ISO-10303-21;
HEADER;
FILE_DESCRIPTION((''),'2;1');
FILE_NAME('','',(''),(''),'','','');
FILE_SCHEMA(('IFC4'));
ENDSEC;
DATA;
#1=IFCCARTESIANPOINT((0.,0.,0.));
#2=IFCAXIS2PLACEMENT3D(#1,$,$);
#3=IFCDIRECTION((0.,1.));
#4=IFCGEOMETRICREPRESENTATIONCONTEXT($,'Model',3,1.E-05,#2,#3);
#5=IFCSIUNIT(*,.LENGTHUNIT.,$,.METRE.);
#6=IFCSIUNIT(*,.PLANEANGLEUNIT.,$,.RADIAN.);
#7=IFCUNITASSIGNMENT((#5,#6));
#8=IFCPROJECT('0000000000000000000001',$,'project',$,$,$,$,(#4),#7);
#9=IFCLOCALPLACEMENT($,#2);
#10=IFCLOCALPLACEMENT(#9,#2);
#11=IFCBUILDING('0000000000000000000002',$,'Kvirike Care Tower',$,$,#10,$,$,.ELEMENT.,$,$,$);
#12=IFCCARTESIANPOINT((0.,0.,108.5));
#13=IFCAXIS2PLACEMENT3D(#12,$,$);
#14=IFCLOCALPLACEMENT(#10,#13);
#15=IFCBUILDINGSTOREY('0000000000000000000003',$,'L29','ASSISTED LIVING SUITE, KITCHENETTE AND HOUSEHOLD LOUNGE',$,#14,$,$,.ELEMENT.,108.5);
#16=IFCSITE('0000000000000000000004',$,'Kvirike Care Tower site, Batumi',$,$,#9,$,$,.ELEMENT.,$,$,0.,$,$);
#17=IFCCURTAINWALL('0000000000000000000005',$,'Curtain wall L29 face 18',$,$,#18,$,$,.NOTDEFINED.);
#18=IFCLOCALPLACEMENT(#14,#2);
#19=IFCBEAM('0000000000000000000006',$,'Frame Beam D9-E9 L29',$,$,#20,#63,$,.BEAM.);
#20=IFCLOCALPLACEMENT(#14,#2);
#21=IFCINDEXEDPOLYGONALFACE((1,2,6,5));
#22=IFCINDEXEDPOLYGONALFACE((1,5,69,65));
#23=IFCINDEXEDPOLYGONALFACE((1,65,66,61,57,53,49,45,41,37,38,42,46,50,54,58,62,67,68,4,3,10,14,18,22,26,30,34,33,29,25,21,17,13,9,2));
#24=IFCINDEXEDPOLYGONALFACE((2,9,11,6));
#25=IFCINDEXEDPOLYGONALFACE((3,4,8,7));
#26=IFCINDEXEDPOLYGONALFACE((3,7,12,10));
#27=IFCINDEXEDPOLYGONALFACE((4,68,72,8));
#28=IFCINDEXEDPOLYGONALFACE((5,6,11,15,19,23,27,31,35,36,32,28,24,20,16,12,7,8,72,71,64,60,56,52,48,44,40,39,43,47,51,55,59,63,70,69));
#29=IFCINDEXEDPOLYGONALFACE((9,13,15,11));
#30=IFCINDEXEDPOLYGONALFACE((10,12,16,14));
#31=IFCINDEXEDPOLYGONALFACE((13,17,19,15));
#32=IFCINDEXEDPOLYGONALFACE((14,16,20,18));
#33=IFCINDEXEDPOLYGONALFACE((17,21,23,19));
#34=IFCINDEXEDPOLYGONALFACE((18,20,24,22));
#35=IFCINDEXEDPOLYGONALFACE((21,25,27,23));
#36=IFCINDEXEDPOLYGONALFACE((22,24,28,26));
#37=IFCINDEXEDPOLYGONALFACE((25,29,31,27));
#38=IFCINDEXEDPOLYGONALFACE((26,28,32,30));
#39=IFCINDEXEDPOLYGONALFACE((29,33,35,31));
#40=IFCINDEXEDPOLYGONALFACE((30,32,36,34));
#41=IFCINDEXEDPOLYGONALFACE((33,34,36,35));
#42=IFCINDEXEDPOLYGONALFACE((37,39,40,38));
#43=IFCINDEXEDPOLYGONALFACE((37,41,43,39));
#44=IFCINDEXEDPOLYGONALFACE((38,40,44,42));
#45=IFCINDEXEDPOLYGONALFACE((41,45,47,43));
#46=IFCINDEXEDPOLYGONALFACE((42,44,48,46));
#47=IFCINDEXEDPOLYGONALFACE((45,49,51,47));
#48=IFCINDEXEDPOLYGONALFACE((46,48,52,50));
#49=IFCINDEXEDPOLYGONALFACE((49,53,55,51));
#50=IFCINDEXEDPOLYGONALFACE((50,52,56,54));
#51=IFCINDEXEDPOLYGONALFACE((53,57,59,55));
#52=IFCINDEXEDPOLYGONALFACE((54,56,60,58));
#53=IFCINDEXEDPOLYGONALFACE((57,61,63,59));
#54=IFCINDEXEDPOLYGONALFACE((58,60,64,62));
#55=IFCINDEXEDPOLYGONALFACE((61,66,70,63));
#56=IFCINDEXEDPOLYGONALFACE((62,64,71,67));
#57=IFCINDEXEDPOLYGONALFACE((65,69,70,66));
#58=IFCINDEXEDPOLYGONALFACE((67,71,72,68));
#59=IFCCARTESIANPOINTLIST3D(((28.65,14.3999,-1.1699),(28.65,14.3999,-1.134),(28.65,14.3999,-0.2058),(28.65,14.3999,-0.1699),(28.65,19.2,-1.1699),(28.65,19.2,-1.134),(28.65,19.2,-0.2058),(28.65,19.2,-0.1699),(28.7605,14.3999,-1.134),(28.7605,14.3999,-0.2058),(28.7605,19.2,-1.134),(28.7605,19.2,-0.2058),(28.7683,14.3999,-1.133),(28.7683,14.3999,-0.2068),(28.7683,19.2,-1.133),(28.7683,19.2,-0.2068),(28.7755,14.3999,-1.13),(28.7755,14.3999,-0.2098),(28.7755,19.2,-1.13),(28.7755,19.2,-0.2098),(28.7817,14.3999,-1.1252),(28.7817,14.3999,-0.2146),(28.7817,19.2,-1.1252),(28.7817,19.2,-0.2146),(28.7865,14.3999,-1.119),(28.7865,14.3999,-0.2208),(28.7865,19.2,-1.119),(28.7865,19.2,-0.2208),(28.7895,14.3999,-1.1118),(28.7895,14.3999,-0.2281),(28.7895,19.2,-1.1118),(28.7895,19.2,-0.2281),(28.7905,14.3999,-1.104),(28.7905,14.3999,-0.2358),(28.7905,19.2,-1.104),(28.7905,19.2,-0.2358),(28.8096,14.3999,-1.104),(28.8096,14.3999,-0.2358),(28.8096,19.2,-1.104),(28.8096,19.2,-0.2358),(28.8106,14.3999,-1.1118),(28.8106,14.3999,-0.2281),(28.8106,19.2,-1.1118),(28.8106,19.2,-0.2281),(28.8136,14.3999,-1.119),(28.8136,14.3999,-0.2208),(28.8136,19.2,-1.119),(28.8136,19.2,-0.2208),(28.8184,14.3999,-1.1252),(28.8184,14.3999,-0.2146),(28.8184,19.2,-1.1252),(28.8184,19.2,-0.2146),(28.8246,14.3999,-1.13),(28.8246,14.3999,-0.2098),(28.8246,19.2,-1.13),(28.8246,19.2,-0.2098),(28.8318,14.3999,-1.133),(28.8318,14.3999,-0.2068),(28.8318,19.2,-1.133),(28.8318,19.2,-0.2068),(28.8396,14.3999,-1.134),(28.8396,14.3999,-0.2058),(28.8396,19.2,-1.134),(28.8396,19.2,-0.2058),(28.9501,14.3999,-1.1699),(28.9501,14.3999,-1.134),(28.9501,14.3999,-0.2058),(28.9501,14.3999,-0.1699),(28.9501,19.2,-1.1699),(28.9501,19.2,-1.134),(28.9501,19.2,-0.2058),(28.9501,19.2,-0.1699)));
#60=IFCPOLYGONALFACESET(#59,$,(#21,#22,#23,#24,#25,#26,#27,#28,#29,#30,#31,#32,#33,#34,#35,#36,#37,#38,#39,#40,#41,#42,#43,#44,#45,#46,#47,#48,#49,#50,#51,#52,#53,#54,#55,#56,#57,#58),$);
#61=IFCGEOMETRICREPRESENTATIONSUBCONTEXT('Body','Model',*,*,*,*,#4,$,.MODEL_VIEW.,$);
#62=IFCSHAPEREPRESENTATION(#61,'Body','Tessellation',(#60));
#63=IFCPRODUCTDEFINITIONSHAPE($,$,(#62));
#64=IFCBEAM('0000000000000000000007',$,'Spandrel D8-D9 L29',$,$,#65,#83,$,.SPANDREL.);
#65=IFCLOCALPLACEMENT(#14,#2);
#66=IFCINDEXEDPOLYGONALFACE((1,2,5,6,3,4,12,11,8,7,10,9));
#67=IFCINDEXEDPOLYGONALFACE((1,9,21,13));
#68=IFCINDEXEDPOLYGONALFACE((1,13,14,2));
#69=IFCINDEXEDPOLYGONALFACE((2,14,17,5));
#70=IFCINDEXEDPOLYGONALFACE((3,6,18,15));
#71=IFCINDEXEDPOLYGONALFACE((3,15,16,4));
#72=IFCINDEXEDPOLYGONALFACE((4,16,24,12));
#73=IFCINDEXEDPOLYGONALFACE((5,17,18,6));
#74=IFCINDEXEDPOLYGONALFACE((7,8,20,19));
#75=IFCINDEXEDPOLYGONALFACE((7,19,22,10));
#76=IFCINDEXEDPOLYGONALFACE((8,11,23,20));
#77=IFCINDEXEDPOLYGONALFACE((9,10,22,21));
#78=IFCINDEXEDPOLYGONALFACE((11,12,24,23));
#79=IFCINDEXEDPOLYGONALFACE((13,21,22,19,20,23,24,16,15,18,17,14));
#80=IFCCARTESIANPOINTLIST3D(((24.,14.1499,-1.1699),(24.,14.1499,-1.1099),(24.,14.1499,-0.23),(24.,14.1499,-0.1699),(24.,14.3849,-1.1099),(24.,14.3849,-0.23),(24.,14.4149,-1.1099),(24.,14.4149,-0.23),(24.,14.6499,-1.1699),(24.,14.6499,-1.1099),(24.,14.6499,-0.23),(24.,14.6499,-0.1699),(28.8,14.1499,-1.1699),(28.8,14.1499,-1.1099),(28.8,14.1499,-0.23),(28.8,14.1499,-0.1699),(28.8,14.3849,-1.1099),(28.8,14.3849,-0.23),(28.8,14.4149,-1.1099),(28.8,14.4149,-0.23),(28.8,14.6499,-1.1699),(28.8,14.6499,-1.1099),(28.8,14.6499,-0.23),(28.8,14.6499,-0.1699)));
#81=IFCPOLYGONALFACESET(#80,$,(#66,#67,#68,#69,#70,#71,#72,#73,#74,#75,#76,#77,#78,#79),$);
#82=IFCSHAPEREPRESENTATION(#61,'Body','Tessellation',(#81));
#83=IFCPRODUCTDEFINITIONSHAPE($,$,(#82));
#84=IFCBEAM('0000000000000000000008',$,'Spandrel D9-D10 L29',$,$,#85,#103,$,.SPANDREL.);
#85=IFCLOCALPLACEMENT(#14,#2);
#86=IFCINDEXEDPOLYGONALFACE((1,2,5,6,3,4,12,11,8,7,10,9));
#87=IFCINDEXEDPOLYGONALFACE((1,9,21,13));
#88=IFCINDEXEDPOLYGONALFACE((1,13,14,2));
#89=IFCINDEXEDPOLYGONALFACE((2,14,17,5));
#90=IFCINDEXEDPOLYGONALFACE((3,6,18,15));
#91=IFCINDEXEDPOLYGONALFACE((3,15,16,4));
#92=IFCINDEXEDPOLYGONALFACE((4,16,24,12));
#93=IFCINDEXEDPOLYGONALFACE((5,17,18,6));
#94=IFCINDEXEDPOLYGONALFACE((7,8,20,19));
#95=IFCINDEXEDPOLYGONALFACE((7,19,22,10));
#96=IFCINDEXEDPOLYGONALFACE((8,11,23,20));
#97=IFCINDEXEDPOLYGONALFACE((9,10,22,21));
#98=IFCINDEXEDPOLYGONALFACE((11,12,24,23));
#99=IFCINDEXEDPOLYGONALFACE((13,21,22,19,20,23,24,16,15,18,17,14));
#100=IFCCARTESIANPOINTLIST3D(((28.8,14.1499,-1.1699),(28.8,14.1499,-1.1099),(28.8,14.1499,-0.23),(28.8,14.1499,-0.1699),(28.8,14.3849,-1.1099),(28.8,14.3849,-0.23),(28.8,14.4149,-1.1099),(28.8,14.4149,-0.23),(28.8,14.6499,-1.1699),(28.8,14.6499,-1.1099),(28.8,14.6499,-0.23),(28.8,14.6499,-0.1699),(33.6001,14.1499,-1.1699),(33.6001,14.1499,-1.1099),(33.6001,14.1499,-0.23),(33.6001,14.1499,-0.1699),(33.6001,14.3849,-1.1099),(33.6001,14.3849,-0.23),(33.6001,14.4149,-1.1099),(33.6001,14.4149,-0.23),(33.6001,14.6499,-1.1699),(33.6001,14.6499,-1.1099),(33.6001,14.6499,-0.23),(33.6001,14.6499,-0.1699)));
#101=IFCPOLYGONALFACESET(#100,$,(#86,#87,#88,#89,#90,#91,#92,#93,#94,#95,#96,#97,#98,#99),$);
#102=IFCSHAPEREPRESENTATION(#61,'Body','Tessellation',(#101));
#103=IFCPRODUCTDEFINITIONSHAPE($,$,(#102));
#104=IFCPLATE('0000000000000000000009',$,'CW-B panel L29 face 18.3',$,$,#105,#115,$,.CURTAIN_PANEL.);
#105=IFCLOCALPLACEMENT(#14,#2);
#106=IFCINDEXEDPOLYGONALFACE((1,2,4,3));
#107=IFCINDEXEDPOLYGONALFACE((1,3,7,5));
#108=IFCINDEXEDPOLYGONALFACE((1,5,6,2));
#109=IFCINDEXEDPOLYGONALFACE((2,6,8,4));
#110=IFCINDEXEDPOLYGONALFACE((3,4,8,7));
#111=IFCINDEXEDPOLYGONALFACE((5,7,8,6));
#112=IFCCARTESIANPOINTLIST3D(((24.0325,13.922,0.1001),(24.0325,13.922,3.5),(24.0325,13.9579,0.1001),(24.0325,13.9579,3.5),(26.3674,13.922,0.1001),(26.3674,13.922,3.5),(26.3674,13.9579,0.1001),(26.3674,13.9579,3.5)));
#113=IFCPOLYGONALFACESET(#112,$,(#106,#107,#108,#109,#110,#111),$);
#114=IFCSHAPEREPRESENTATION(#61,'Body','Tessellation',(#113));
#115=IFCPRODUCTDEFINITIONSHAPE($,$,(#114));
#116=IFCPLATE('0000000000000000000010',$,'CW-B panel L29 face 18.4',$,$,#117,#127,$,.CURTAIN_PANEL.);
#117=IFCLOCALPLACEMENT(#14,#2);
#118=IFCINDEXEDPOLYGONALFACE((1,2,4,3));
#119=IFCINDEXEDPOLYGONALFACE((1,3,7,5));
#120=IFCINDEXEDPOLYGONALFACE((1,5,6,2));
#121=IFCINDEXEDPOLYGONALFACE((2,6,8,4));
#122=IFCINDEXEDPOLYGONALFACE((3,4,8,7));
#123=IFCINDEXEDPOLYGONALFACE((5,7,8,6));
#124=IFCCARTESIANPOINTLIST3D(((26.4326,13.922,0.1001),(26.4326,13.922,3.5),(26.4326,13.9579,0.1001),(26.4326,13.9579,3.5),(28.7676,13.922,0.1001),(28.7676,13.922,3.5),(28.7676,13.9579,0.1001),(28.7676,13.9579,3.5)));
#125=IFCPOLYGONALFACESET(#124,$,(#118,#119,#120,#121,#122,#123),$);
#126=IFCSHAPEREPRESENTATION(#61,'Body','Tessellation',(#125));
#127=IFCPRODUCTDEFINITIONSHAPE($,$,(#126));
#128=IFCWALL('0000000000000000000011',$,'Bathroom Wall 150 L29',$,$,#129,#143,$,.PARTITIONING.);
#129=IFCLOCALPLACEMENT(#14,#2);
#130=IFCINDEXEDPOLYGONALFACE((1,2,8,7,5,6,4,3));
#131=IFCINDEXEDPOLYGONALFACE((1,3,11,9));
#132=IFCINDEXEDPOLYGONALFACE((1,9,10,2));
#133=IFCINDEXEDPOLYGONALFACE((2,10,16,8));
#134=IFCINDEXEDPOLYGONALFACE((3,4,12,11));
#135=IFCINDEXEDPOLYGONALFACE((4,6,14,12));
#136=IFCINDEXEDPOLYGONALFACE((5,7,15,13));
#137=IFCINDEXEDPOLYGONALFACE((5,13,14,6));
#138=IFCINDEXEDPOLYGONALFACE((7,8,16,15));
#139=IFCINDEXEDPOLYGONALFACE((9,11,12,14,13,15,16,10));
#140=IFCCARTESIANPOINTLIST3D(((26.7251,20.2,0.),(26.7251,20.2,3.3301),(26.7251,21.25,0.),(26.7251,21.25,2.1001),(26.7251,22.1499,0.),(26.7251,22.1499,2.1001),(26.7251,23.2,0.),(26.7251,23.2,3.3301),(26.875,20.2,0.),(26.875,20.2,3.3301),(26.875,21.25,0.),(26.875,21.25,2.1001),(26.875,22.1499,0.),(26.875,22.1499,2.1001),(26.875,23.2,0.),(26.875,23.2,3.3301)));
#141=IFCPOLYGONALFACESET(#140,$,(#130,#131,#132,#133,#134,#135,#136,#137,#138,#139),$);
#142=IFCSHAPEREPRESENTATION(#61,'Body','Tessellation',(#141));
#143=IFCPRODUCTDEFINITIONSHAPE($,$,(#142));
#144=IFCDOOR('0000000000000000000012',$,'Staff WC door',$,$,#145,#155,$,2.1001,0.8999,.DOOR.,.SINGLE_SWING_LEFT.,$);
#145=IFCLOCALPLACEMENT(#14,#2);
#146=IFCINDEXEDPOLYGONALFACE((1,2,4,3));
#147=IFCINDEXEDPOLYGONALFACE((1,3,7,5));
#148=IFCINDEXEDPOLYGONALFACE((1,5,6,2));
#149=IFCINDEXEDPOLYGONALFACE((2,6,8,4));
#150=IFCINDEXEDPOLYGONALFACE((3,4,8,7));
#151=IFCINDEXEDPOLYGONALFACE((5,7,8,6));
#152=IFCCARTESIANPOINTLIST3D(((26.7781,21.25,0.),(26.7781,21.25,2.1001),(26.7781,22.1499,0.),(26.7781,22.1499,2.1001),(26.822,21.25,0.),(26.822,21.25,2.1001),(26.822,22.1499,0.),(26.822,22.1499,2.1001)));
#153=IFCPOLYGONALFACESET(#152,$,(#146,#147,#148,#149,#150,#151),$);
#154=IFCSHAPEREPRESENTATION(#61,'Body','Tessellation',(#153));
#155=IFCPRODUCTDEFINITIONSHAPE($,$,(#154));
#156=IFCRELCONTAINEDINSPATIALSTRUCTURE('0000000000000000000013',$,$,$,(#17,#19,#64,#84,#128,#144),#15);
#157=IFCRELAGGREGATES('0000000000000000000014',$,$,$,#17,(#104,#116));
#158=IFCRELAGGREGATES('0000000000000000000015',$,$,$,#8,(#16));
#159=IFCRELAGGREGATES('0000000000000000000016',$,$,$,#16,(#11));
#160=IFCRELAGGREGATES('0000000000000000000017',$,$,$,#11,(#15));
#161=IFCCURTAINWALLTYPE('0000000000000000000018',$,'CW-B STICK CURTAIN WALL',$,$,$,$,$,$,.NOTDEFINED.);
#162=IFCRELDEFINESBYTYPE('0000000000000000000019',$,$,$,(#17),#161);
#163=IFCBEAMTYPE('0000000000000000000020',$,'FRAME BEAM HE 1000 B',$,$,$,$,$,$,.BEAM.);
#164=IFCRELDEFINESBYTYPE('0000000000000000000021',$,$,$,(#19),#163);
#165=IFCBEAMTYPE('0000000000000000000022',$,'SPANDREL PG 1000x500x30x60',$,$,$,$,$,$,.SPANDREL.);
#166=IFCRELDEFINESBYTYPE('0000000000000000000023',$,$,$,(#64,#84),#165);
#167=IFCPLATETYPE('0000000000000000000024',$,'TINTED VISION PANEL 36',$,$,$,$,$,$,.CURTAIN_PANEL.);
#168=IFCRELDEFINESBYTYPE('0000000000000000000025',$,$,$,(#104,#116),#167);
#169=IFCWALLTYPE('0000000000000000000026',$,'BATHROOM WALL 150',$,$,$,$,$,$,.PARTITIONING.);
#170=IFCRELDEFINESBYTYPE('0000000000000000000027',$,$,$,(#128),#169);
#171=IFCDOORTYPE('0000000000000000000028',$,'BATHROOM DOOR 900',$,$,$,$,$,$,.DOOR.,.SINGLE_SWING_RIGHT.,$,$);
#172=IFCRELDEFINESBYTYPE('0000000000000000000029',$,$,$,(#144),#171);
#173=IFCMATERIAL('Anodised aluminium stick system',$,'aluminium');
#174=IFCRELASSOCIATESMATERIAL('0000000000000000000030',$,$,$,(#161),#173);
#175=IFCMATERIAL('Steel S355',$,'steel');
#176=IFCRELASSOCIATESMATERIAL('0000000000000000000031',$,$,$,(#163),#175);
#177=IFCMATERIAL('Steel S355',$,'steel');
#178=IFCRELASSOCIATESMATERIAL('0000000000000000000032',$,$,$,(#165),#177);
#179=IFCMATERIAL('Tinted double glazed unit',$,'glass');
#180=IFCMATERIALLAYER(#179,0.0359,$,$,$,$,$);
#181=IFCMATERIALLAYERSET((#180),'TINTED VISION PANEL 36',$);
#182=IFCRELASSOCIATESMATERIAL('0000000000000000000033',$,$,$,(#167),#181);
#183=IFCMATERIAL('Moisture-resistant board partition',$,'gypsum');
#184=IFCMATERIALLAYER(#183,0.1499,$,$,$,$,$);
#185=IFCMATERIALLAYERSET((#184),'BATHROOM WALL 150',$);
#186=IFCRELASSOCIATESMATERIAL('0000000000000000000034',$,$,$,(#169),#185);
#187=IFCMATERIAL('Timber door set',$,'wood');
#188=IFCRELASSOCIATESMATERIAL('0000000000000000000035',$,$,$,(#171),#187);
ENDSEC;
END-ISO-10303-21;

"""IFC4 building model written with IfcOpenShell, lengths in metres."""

from ifc_helpers import new_model, si_unit, direction, frame, frame_2d, origin, origin_2d, place, context, subcontext, project, spatial, rectangle, i_section, extrude, material, layer, layer_set, material_profile, profile_set, type_object, element, fill, aggregate, save


model = new_model("IFC4")

# Units and contexts
model_context = context("Model", 3, precision=1e-05, world=origin(), true_north=direction((0.0, 1.0)))
body_context = subcontext(model_context, "Body", "Model", "MODEL_VIEW")
ifc_project = project(units=[si_unit("LENGTHUNIT", "METRE"), si_unit("PLANEANGLEUNIT", "RADIAN")], contexts=[model_context])

# Site, building, storey
site_placement = place(None, origin())
site = spatial("IfcSite", under=ifc_project, at=site_placement, Name="Kvirike Care Tower site, Batumi", CompositionType="ELEMENT", RefElevation=0.0)
building_placement = place(site_placement, origin())
building = spatial("IfcBuilding", under=site, at=building_placement, Name="Kvirike Care Tower", CompositionType="ELEMENT")
storey_placement = place(building_placement, frame((0.0, 0.0, 108.5)))
storey = spatial("IfcBuildingStorey", under=building, at=storey_placement, Name="L29", Description="ASSISTED LIVING SUITE, KITCHENETTE AND HOUSEHOLD LOUNGE", CompositionType="ELEMENT", Elevation=108.5)

# Curtain wall
ifc_material_1 = material(Name="Anodised aluminium stick system", Category="aluminium")
curtain_wall_type = type_object("IfcCurtainWallType", Name="CW-B STICK CURTAIN WALL", PredefinedType="NOTDEFINED", material=ifc_material_1)
curtain_wall_placement = place(storey_placement, origin())
curtain_wall = element("IfcCurtainWall", 1, at=curtain_wall_placement, inside=storey, type_object=curtain_wall_type, Name="Curtain wall L29 face 18", PredefinedType="NOTDEFINED")

# Beams
ifc_material_2 = material(Name="Steel S355", Category="steel")
ifc_material_profile_1 = material_profile(ifc_material_2, i_section(OverallWidth=0.3, OverallDepth=1.0, WebThickness=0.019, FlangeThickness=0.0359, FilletRadius=0.03, at=origin_2d()), Name="HE 1000 B")
ifc_profile_set_1 = profile_set([ifc_material_profile_1], Name="Steel S355")
beam_type_1 = type_object("IfcBeamType", Name="FRAME BEAM HE 1000 B", PredefinedType="BEAM", material=ifc_profile_set_1)
beam_placement = place(storey_placement, frame((28.8, 14.3999, -0.6699), z_axis=(0.0, 1.0, 0.0), x_axis=(-1.0, 0.0, 0.0)))
element("IfcBeam", 2, at=beam_placement, inside=storey, type_object=beam_type_1, Name="Frame Beam D9-E9 L29", PredefinedType="BEAM", context=body_context, shape_type="SweptSolid", body=[
    extrude(i_section(OverallWidth=0.3, OverallDepth=1.0, WebThickness=0.019, FlangeThickness=0.0359, FilletRadius=0.03, at=origin_2d()), origin(), (0.0, 0.0, 1.0), 4.8),
])
ifc_material_3 = material(Name="Steel S355", Category="steel")
ifc_material_profile_2 = material_profile(ifc_material_3, i_section(OverallWidth=0.5, OverallDepth=1.0, WebThickness=0.03, FlangeThickness=0.0601, at=origin_2d()), Name="PG 1000x500x30x60")
ifc_profile_set_2 = profile_set([ifc_material_profile_2], Name="Steel S355")
beam_type_2 = type_object("IfcBeamType", Name="SPANDREL PG 1000x500x30x60", PredefinedType="SPANDREL", material=ifc_profile_set_2)
for number, where, z_axis, x_axis, name in (
    (3, (24.0, 14.3999, -0.6699), (1.0, 0.0, 0.0), (0.0, 1.0, 0.0), "Spandrel D8-D9 L29"),
    (4, (28.8, 14.3999, -0.6699), (1.0, 0.0, 0.0), (0.0, 1.0, 0.0), "Spandrel D9-D10 L29"),
):
    element("IfcBeam", number, at=place(storey_placement, frame(where, z_axis=z_axis, x_axis=x_axis)), inside=storey, type_object=beam_type_2, Name=name, PredefinedType="SPANDREL", context=body_context, shape_type="SweptSolid", body=[
        extrude(i_section(OverallWidth=0.5, OverallDepth=1.0, WebThickness=0.03, FlangeThickness=0.0601, at=origin_2d()), origin(), (0.0, 0.0, 1.0), 4.8),
    ])

# Plates
ifc_material_4 = material(Name="Tinted double glazed unit", Category="glass")
ifc_layer_1 = layer(ifc_material_4, 0.0359)
ifc_layer_set_1 = layer_set([ifc_layer_1], Name="TINTED VISION PANEL 36")
plate_type = type_object("IfcPlateType", Name="TINTED VISION PANEL 36", PredefinedType="CURTAIN_PANEL", material=ifc_layer_set_1)
plate_1_placement = place(storey_placement, frame((25.2, 13.9399, 0.1001), z_axis=(0.0, 0.0, 1.0), x_axis=(1.0, 0.0, 0.0)))
plate_1 = element("IfcPlate", 5, at=plate_1_placement, type_object=plate_type, Name="CW-B panel L29 face 18.3", PredefinedType="CURTAIN_PANEL", context=body_context, shape_type="SweptSolid", body=[
    extrude(rectangle(XDim=2.335, YDim=0.0359, at=origin_2d()), origin(), (0.0, 0.0, 1.0), 3.3999),
])
plate_2_placement = place(storey_placement, frame((27.6001, 13.9399, 0.1001), z_axis=(0.0, 0.0, 1.0), x_axis=(1.0, 0.0, 0.0)))
plate_2 = element("IfcPlate", 6, at=plate_2_placement, type_object=plate_type, Name="CW-B panel L29 face 18.4", PredefinedType="CURTAIN_PANEL", context=body_context, shape_type="SweptSolid", body=[
    extrude(rectangle(XDim=2.335, YDim=0.0359, at=origin_2d()), origin(), (0.0, 0.0, 1.0), 3.3999),
])
aggregate(curtain_wall, [plate_1, plate_2])

# Wall, opening, door
ifc_material_5 = material(Name="Moisture-resistant board partition", Category="gypsum")
ifc_layer_2 = layer(ifc_material_5, 0.1499)
ifc_layer_set_2 = layer_set([ifc_layer_2], Name="BATHROOM WALL 150")
wall_type_1 = type_object("IfcWallType", Name="BATHROOM WALL 150", PredefinedType="PARTITIONING", material=ifc_layer_set_2)
wall_1_placement = place(storey_placement, frame((26.8, 20.2, 0.0), z_axis=(0.0, 0.0, 1.0), x_axis=(0.0, 1.0, 0.0)))
wall_1 = element("IfcWall", 7, at=wall_1_placement, inside=storey, type_object=wall_type_1, Name="Bathroom Wall 150 L29", PredefinedType="PARTITIONING", context=body_context, shape_type="SweptSolid", body=[
    extrude(rectangle(XDim=3.0, YDim=0.1499, at=frame_2d((1.5, 0.0))), origin(), (0.0, 0.0, 1.0), 3.3301),
])
opening_1_placement = place(wall_1_placement, frame((1.05, 0.0, 0.0)))
opening_1 = element("IfcOpeningElement", 8, at=opening_1_placement, cuts=wall_1, PredefinedType="OPENING", context=body_context, shape_type="SweptSolid", body=[
    extrude(rectangle(XDim=0.8999, YDim=2.1001, at=frame_2d((0.45, 1.05))), frame((0.0, 0.0854, 0.0), z_axis=(0.0, -1.0, 0.0), x_axis=(1.0, 0.0, 0.0)), (0.0, 0.0, 1.0), 0.1709),
])
ifc_material_6 = material(Name="Timber door set", Category="wood")
door_type_1 = type_object("IfcDoorType", Name="BATHROOM DOOR 900", OperationType="SINGLE_SWING_RIGHT", PredefinedType="DOOR", material=ifc_material_6)
door_1_placement = place(opening_1_placement, origin())
door_1 = element("IfcDoor", 9, at=door_1_placement, inside=storey, type_object=door_type_1, Name="Staff WC door", OperationType="SINGLE_SWING_LEFT", OverallHeight=2.1001, OverallWidth=0.8999, PredefinedType="DOOR", context=body_context, shape_type="SweptSolid", body=[
    extrude(rectangle(XDim=0.8999, YDim=2.1001, at=frame_2d((0.45, 1.05))), frame((0.0, 0.022, 0.0), z_axis=(0.0, -1.0, 0.0), x_axis=(1.0, 0.0, 0.0)), (0.0, 0.0, 1.0), 0.0439),
])
fill(opening_1, door_1)

save(model, "model.ifc")
